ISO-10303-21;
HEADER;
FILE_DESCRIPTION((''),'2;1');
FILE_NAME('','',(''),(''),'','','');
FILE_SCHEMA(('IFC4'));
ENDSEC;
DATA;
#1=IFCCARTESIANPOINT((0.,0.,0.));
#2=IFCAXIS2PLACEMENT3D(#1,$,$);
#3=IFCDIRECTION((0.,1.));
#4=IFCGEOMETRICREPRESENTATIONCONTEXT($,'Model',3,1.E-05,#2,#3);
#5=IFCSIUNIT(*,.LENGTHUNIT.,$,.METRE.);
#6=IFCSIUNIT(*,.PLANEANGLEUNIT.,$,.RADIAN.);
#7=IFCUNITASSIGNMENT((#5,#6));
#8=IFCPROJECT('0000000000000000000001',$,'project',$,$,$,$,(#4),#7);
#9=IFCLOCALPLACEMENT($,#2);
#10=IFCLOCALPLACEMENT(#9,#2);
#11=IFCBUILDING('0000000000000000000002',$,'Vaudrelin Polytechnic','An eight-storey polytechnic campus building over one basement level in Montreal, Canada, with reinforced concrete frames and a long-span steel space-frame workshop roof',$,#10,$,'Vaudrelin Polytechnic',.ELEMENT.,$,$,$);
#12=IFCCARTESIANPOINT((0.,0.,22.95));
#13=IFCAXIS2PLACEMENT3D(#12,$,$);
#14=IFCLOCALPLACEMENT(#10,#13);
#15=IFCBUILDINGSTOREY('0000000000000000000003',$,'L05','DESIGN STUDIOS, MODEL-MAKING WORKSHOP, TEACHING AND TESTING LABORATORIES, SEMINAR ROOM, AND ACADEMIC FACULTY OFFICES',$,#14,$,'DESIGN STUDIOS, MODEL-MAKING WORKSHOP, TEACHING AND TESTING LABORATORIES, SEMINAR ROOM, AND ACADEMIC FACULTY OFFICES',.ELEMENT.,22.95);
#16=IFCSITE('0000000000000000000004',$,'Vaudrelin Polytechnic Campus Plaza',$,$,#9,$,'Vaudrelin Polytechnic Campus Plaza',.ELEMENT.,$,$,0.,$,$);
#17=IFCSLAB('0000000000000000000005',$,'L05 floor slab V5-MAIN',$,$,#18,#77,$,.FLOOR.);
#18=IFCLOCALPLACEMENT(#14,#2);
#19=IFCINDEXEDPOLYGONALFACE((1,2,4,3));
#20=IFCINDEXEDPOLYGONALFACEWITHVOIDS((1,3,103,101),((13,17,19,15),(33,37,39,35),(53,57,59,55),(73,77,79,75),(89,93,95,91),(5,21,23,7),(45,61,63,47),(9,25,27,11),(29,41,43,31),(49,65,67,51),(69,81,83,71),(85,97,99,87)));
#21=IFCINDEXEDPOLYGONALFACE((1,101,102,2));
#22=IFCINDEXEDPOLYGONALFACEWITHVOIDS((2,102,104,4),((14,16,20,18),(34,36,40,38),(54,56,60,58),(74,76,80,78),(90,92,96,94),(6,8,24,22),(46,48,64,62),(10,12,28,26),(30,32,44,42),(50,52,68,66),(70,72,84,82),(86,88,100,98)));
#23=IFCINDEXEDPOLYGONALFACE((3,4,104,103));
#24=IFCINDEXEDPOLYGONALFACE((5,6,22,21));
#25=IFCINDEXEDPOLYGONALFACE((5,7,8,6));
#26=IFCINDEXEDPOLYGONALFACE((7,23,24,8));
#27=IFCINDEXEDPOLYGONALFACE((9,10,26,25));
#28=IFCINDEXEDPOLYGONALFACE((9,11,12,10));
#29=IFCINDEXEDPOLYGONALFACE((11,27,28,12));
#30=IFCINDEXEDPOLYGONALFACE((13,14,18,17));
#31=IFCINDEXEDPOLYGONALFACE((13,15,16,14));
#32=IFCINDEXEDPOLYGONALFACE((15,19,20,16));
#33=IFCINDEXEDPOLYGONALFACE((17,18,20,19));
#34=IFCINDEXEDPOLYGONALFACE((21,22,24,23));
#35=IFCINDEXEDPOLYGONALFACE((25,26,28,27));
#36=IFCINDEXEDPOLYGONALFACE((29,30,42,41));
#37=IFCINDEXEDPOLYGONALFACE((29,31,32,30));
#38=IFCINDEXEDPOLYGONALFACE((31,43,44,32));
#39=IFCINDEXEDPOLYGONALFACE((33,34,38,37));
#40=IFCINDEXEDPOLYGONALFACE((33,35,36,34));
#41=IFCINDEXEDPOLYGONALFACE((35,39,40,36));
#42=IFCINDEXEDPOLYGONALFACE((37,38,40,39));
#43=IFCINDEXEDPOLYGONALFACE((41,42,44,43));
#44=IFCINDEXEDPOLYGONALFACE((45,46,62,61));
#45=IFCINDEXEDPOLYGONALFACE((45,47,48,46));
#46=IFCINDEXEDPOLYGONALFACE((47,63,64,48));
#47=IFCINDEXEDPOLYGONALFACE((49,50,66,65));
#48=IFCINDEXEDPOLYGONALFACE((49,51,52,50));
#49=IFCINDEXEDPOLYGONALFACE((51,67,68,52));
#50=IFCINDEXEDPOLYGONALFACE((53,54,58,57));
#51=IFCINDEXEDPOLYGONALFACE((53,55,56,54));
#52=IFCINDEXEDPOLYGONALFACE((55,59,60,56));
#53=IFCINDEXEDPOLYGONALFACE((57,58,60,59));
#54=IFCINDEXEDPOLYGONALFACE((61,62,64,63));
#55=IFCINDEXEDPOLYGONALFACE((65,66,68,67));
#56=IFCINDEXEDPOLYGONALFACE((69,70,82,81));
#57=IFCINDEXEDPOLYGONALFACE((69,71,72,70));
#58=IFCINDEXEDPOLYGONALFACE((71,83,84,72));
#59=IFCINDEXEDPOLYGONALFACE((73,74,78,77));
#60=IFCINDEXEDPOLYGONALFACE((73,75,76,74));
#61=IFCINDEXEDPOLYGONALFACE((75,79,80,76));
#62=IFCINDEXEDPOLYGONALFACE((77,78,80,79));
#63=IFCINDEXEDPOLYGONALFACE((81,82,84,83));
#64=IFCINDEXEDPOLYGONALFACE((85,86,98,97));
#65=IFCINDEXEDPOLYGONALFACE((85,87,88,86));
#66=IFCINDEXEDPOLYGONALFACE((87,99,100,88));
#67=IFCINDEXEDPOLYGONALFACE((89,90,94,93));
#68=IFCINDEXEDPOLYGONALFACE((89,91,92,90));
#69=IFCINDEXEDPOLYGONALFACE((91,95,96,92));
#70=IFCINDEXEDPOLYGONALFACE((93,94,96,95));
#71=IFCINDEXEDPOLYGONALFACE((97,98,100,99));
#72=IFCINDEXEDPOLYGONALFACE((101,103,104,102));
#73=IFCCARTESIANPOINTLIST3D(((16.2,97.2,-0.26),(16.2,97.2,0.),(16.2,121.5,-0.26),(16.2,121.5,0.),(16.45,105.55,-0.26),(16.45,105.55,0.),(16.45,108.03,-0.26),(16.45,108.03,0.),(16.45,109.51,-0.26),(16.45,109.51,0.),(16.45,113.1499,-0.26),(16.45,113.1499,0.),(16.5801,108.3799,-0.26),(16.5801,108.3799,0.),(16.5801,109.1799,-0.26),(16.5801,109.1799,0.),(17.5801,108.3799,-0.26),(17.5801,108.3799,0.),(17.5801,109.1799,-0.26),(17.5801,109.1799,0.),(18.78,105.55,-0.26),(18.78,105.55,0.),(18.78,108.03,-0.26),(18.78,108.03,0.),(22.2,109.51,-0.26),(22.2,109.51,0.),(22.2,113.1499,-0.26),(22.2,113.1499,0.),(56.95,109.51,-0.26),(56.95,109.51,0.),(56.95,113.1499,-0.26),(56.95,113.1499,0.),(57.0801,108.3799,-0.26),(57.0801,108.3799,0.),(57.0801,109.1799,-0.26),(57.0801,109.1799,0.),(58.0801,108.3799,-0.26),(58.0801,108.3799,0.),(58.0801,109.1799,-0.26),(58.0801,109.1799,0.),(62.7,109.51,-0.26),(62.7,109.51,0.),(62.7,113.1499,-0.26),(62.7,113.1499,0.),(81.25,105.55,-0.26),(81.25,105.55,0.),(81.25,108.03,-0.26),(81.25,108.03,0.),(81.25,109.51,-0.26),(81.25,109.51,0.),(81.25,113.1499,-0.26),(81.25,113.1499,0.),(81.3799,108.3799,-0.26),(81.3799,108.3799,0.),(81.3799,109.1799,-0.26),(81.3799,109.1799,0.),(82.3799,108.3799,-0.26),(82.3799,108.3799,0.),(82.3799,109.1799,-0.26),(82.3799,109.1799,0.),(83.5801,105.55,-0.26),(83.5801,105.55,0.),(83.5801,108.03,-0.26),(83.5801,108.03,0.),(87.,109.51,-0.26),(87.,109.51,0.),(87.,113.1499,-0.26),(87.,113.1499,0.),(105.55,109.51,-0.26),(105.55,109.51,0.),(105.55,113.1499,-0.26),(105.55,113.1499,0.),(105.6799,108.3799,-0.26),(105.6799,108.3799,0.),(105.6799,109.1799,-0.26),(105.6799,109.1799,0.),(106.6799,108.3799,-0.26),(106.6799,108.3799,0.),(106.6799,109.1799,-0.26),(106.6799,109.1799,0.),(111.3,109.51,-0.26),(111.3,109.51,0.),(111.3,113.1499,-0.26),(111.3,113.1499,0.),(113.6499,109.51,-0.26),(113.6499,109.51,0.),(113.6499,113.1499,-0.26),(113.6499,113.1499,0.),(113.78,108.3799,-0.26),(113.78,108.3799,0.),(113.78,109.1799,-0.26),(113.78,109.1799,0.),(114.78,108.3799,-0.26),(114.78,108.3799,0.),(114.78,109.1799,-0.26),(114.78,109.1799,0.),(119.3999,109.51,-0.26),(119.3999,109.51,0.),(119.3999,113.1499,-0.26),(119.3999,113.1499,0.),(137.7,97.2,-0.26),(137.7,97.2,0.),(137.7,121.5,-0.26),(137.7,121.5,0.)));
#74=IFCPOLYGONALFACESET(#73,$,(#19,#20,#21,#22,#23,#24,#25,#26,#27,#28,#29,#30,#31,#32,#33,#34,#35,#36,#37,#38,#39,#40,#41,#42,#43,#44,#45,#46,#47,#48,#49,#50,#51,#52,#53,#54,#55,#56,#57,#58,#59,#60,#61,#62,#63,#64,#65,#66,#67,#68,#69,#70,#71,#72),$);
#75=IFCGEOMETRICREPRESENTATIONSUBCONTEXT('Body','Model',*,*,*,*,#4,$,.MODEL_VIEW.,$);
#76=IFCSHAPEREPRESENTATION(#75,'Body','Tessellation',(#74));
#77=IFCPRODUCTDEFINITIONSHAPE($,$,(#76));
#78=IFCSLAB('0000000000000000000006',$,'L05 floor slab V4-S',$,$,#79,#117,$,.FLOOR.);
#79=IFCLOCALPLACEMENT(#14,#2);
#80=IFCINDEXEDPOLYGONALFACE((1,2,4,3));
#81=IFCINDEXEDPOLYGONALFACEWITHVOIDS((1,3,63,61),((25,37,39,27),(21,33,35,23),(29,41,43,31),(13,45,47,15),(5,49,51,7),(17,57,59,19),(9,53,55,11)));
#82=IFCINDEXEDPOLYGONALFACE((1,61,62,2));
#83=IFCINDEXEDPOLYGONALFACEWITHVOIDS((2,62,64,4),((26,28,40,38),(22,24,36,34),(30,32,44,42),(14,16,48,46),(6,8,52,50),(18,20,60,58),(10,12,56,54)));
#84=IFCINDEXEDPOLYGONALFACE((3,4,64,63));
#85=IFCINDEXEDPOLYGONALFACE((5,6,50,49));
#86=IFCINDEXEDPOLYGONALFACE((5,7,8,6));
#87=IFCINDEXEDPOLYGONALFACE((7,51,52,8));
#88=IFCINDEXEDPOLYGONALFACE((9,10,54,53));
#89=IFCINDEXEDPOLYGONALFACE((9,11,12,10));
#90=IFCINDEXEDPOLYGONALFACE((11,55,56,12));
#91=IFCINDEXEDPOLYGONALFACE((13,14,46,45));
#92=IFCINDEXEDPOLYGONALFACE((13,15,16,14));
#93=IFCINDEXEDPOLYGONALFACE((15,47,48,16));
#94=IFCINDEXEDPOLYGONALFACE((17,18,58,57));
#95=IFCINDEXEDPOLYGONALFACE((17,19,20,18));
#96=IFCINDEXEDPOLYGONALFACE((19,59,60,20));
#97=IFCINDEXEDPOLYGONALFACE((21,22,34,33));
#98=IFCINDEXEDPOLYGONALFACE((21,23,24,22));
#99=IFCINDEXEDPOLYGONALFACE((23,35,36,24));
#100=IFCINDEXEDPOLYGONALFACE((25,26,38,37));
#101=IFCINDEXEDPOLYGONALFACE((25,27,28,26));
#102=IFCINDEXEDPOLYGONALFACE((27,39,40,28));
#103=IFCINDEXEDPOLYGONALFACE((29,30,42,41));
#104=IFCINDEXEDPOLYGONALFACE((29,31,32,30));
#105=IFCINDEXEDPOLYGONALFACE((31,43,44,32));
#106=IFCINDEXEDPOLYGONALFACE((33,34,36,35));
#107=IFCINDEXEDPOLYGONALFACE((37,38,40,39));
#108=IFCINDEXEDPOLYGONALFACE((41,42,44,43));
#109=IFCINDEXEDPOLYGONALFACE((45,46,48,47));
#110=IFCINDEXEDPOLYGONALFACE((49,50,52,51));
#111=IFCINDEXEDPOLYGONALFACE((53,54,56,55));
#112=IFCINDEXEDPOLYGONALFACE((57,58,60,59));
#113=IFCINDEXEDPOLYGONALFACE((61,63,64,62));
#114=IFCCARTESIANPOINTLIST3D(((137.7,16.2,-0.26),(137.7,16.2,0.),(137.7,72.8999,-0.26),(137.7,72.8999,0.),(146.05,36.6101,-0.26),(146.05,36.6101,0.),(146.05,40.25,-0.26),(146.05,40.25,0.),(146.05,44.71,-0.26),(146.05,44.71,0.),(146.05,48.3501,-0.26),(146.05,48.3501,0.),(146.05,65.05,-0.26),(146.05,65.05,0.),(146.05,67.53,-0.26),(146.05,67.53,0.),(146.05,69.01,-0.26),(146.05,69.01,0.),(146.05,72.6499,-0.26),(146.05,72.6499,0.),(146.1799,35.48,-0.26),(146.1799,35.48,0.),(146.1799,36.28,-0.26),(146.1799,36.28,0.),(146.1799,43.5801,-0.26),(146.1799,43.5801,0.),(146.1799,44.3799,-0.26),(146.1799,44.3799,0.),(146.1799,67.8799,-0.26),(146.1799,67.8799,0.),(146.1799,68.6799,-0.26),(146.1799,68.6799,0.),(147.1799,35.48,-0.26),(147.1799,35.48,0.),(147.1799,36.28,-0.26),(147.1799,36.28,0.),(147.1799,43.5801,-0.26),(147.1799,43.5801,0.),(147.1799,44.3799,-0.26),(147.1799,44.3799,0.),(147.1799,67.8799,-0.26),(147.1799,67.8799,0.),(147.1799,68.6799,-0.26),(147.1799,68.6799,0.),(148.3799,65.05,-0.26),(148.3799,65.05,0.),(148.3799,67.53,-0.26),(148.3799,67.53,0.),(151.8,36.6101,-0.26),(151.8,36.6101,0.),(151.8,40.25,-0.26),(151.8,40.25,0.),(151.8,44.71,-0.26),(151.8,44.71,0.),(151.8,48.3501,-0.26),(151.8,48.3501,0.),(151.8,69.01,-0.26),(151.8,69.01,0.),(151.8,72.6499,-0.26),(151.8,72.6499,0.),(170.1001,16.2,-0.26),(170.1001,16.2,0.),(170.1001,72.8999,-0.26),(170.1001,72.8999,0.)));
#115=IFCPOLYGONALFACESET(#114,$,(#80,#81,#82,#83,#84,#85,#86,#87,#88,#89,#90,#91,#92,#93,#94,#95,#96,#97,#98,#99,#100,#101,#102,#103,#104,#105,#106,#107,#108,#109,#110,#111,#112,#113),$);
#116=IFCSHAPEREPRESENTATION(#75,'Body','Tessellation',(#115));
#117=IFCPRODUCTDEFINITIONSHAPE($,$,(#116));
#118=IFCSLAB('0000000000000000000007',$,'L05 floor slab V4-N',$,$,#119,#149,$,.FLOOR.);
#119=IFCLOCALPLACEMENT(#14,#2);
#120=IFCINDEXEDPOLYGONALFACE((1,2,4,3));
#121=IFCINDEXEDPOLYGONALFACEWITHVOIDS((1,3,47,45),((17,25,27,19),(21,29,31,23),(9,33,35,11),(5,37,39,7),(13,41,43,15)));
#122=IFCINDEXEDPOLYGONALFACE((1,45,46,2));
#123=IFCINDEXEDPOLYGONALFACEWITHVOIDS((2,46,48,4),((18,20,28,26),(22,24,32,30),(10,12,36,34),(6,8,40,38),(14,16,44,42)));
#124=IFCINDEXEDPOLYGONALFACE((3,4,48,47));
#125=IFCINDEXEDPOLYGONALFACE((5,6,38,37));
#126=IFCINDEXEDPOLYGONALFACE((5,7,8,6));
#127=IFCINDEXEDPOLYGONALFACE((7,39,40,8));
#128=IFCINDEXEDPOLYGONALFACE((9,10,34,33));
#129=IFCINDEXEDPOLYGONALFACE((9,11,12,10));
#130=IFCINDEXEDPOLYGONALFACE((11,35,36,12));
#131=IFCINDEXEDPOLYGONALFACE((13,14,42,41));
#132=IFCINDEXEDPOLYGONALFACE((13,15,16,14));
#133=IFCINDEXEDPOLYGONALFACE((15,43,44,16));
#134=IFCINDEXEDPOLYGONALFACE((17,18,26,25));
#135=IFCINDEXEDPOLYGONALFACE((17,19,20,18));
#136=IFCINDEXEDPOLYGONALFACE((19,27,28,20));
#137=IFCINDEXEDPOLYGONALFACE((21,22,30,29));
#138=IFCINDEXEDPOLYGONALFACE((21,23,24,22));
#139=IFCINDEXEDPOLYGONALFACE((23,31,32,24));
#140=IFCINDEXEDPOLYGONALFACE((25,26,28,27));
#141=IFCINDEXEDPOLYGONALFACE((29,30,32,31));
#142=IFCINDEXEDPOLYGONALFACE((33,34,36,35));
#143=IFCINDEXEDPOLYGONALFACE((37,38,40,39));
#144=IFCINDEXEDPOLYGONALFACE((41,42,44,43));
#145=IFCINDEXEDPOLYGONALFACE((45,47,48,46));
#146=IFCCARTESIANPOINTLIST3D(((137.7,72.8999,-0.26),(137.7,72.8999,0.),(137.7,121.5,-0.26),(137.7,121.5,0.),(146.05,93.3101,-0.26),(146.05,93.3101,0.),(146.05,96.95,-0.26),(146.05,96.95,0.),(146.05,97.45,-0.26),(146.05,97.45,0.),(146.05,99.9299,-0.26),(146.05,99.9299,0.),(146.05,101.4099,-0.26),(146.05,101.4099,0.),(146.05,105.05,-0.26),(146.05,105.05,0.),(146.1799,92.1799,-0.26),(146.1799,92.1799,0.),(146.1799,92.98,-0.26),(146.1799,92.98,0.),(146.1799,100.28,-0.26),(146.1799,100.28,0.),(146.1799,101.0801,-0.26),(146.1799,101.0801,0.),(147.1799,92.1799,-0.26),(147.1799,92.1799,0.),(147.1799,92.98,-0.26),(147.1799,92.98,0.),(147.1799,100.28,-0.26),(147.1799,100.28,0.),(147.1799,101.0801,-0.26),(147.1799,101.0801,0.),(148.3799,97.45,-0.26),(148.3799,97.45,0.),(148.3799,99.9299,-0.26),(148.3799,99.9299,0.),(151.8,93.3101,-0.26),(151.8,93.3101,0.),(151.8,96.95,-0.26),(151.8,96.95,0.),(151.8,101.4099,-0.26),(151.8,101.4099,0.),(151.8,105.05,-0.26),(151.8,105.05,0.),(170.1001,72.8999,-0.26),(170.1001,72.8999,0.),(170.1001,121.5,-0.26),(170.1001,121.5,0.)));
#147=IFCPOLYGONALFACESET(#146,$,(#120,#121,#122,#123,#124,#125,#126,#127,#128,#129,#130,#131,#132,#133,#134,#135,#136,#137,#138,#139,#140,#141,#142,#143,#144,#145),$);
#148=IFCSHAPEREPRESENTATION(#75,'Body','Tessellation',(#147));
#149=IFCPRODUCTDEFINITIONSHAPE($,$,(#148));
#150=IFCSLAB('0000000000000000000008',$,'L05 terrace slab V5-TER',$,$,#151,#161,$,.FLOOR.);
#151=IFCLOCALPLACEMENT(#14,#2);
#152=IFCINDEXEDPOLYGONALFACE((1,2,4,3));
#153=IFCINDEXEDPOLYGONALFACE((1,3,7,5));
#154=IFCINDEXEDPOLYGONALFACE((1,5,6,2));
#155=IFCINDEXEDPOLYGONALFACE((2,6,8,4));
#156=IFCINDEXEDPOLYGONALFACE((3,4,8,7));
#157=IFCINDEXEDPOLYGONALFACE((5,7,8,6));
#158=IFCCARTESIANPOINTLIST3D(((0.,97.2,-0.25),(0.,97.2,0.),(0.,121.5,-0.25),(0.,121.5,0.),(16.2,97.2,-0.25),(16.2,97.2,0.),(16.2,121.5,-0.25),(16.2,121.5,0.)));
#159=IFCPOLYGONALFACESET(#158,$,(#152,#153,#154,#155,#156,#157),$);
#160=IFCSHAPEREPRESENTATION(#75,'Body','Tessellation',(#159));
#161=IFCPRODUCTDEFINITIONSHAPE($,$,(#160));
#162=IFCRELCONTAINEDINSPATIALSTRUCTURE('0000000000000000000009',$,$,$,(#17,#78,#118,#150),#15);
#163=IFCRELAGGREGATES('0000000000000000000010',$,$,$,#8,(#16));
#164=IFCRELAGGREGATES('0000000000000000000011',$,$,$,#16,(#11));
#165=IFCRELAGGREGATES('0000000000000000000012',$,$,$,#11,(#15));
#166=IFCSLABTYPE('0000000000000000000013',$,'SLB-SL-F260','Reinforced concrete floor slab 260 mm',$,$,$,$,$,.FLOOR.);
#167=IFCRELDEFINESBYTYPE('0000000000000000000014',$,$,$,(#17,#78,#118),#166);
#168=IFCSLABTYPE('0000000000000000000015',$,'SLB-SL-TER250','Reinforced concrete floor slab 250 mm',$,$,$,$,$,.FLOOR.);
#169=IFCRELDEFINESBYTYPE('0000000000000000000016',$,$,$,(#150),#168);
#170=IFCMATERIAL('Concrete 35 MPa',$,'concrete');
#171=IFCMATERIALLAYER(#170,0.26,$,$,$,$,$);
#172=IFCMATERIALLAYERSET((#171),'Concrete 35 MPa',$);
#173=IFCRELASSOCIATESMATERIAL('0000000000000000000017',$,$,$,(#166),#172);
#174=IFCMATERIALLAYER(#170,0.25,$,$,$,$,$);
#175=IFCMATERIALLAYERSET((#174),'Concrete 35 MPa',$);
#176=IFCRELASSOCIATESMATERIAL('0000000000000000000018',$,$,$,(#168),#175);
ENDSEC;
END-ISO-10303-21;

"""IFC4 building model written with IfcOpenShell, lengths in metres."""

from ifc_helpers import new_model, si_unit, direction, frame, origin, place, context, subcontext, project, spatial, polyline, outline, extrude, material, layer, layer_set, type_object, element, save


model = new_model("IFC4")

# Units and contexts
model_context = context("Model", 3, precision=1e-05, world=origin(), true_north=direction((0.0, 1.0)))
body_context = subcontext(model_context, "Body", "Model", "MODEL_VIEW")
ifc_project = project(units=[si_unit("LENGTHUNIT", "METRE"), si_unit("PLANEANGLEUNIT", "RADIAN")], contexts=[model_context])

# Site, building, storey
site_placement = place(None, origin())
site = spatial("IfcSite", under=ifc_project, at=site_placement, Name="Vaudrelin Polytechnic Campus Plaza", LongName="Vaudrelin Polytechnic Campus Plaza", CompositionType="ELEMENT", RefElevation=0.0)
building_placement = place(site_placement, origin())
building = spatial("IfcBuilding", under=site, at=building_placement, Name="Vaudrelin Polytechnic", Description="An eight-storey polytechnic campus building over one basement level in Montreal, Canada, with reinforced concrete frames and a long-span steel space-frame workshop roof", LongName="Vaudrelin Polytechnic", CompositionType="ELEMENT")
storey_placement = place(building_placement, frame((0.0, 0.0, 22.95)))
storey = spatial("IfcBuildingStorey", under=building, at=storey_placement, Name="L05", Description="DESIGN STUDIOS, MODEL-MAKING WORKSHOP, TEACHING AND TESTING LABORATORIES, SEMINAR ROOM, AND ACADEMIC FACULTY OFFICES", LongName="DESIGN STUDIOS, MODEL-MAKING WORKSHOP, TEACHING AND TESTING LABORATORIES, SEMINAR ROOM, AND ACADEMIC FACULTY OFFICES", CompositionType="ELEMENT", Elevation=22.95)

# Shared definitions
ifc_material_1 = material(Name="Concrete 35 MPa", Category="concrete")

# Slabs
ifc_layer_1 = layer(ifc_material_1, 0.26)
ifc_layer_set_1 = layer_set([ifc_layer_1], Name="Concrete 35 MPa")
slab_type_1 = type_object("IfcSlabType", Name="SLB-SL-F260", Description="Reinforced concrete floor slab 260 mm", PredefinedType="FLOOR", material=ifc_layer_set_1)
slab_1_placement = place(storey_placement, frame((0.0, 0.0, -0.26)))
element("IfcSlab", 1, at=slab_1_placement, inside=storey, type_object=slab_type_1, Name="L05 floor slab V5-MAIN", PredefinedType="FLOOR", context=body_context, shape_type="SweptSolid", body=[
    extrude(outline(polyline([(16.2, 97.2), (137.7, 97.2), (137.7, 121.5), (16.2, 121.5), (16.2, 97.2)]), holes=[polyline([(16.45, 109.51), (22.2, 109.51), (22.2, 113.1499), (16.45, 113.1499), (16.45, 109.51)]), polyline([(16.45, 105.55), (18.78, 105.55), (18.78, 108.03), (16.45, 108.03), (16.45, 105.55)]), polyline([(16.5801, 108.3799), (17.5801, 108.3799), (17.5801, 109.1799), (16.5801, 109.1799), (16.5801, 108.3799)]), polyline([(81.25, 109.51), (87.0, 109.51), (87.0, 113.1499), (81.25, 113.1499), (81.25, 109.51)]), polyline([(81.25, 105.55), (83.5801, 105.55), (83.5801, 108.03), (81.25, 108.03), (81.25, 105.55)]), polyline([(81.3799, 108.3799), (82.3799, 108.3799), (82.3799, 109.1799), (81.3799, 109.1799), (81.3799, 108.3799)]), polyline([(56.95, 109.51), (62.7, 109.51), (62.7, 113.1499), (56.95, 113.1499), (56.95, 109.51)]), polyline([(57.0801, 108.3799), (58.0801, 108.3799), (58.0801, 109.1799), (57.0801, 109.1799), (57.0801, 108.3799)]), polyline([(113.6499, 109.51), (119.3999, 109.51), (119.3999, 113.1499), (113.6499, 113.1499), (113.6499, 109.51)]), polyline([(113.78, 108.3799), (114.78, 108.3799), (114.78, 109.1799), (113.78, 109.1799), (113.78, 108.3799)]), polyline([(105.55, 109.51), (111.3, 109.51), (111.3, 113.1499), (105.55, 113.1499), (105.55, 109.51)]), polyline([(105.6799, 108.3799), (106.6799, 108.3799), (106.6799, 109.1799), (105.6799, 109.1799), (105.6799, 108.3799)])]), origin(), (0.0, 0.0, 1.0), 0.26),
])
slab_2_placement = place(storey_placement, frame((0.0, 0.0, -0.26)))
element("IfcSlab", 2, at=slab_2_placement, inside=storey, type_object=slab_type_1, Name="L05 floor slab V4-S", PredefinedType="FLOOR", context=body_context, shape_type="SweptSolid", body=[
    extrude(outline(polyline([(137.7, 16.2), (170.1001, 16.2), (170.1001, 72.8999), (137.7, 72.8999), (137.7, 16.2)]), holes=[polyline([(146.05, 69.01), (151.8, 69.01), (151.8, 72.6499), (146.05, 72.6499), (146.05, 69.01)]), polyline([(146.05, 65.05), (148.3799, 65.05), (148.3799, 67.53), (146.05, 67.53), (146.05, 65.05)]), polyline([(146.1799, 67.8799), (147.1799, 67.8799), (147.1799, 68.6799), (146.1799, 68.6799), (146.1799, 67.8799)]), polyline([(146.05, 36.6101), (151.8, 36.6101), (151.8, 40.25), (146.05, 40.25), (146.05, 36.6101)]), polyline([(146.1799, 35.48), (147.1799, 35.48), (147.1799, 36.28), (146.1799, 36.28), (146.1799, 35.48)]), polyline([(146.05, 44.71), (151.8, 44.71), (151.8, 48.3501), (146.05, 48.3501), (146.05, 44.71)]), polyline([(146.1799, 43.5801), (147.1799, 43.5801), (147.1799, 44.3799), (146.1799, 44.3799), (146.1799, 43.5801)])]), origin(), (0.0, 0.0, 1.0), 0.26),
])
slab_3_placement = place(storey_placement, frame((0.0, 0.0, -0.26)))
element("IfcSlab", 3, at=slab_3_placement, inside=storey, type_object=slab_type_1, Name="L05 floor slab V4-N", PredefinedType="FLOOR", context=body_context, shape_type="SweptSolid", body=[
    extrude(outline(polyline([(137.7, 72.8999), (170.1001, 72.8999), (170.1001, 121.5), (137.7, 121.5), (137.7, 72.8999)]), holes=[polyline([(146.05, 101.4099), (151.8, 101.4099), (151.8, 105.05), (146.05, 105.05), (146.05, 101.4099)]), polyline([(146.05, 97.45), (148.3799, 97.45), (148.3799, 99.9299), (146.05, 99.9299), (146.05, 97.45)]), polyline([(146.1799, 100.28), (147.1799, 100.28), (147.1799, 101.0801), (146.1799, 101.0801), (146.1799, 100.28)]), polyline([(146.05, 93.3101), (151.8, 93.3101), (151.8, 96.95), (146.05, 96.95), (146.05, 93.3101)]), polyline([(146.1799, 92.1799), (147.1799, 92.1799), (147.1799, 92.98), (146.1799, 92.98), (146.1799, 92.1799)])]), origin(), (0.0, 0.0, 1.0), 0.26),
])
ifc_layer_2 = layer(ifc_material_1, 0.25)
ifc_layer_set_2 = layer_set([ifc_layer_2], Name="Concrete 35 MPa")
slab_type_2 = type_object("IfcSlabType", Name="SLB-SL-TER250", Description="Reinforced concrete floor slab 250 mm", PredefinedType="FLOOR", material=ifc_layer_set_2)
slab_4_placement = place(storey_placement, frame((0.0, 0.0, -0.25)))
element("IfcSlab", 4, at=slab_4_placement, inside=storey, type_object=slab_type_2, Name="L05 terrace slab V5-TER", PredefinedType="FLOOR", context=body_context, shape_type="SweptSolid", body=[
    extrude(outline(polyline([(0.0, 97.2), (16.2, 97.2), (16.2, 121.5), (0.0, 121.5), (0.0, 97.2)])), origin(), (0.0, 0.0, 1.0), 0.25),
])

save(model, "model.ifc")
